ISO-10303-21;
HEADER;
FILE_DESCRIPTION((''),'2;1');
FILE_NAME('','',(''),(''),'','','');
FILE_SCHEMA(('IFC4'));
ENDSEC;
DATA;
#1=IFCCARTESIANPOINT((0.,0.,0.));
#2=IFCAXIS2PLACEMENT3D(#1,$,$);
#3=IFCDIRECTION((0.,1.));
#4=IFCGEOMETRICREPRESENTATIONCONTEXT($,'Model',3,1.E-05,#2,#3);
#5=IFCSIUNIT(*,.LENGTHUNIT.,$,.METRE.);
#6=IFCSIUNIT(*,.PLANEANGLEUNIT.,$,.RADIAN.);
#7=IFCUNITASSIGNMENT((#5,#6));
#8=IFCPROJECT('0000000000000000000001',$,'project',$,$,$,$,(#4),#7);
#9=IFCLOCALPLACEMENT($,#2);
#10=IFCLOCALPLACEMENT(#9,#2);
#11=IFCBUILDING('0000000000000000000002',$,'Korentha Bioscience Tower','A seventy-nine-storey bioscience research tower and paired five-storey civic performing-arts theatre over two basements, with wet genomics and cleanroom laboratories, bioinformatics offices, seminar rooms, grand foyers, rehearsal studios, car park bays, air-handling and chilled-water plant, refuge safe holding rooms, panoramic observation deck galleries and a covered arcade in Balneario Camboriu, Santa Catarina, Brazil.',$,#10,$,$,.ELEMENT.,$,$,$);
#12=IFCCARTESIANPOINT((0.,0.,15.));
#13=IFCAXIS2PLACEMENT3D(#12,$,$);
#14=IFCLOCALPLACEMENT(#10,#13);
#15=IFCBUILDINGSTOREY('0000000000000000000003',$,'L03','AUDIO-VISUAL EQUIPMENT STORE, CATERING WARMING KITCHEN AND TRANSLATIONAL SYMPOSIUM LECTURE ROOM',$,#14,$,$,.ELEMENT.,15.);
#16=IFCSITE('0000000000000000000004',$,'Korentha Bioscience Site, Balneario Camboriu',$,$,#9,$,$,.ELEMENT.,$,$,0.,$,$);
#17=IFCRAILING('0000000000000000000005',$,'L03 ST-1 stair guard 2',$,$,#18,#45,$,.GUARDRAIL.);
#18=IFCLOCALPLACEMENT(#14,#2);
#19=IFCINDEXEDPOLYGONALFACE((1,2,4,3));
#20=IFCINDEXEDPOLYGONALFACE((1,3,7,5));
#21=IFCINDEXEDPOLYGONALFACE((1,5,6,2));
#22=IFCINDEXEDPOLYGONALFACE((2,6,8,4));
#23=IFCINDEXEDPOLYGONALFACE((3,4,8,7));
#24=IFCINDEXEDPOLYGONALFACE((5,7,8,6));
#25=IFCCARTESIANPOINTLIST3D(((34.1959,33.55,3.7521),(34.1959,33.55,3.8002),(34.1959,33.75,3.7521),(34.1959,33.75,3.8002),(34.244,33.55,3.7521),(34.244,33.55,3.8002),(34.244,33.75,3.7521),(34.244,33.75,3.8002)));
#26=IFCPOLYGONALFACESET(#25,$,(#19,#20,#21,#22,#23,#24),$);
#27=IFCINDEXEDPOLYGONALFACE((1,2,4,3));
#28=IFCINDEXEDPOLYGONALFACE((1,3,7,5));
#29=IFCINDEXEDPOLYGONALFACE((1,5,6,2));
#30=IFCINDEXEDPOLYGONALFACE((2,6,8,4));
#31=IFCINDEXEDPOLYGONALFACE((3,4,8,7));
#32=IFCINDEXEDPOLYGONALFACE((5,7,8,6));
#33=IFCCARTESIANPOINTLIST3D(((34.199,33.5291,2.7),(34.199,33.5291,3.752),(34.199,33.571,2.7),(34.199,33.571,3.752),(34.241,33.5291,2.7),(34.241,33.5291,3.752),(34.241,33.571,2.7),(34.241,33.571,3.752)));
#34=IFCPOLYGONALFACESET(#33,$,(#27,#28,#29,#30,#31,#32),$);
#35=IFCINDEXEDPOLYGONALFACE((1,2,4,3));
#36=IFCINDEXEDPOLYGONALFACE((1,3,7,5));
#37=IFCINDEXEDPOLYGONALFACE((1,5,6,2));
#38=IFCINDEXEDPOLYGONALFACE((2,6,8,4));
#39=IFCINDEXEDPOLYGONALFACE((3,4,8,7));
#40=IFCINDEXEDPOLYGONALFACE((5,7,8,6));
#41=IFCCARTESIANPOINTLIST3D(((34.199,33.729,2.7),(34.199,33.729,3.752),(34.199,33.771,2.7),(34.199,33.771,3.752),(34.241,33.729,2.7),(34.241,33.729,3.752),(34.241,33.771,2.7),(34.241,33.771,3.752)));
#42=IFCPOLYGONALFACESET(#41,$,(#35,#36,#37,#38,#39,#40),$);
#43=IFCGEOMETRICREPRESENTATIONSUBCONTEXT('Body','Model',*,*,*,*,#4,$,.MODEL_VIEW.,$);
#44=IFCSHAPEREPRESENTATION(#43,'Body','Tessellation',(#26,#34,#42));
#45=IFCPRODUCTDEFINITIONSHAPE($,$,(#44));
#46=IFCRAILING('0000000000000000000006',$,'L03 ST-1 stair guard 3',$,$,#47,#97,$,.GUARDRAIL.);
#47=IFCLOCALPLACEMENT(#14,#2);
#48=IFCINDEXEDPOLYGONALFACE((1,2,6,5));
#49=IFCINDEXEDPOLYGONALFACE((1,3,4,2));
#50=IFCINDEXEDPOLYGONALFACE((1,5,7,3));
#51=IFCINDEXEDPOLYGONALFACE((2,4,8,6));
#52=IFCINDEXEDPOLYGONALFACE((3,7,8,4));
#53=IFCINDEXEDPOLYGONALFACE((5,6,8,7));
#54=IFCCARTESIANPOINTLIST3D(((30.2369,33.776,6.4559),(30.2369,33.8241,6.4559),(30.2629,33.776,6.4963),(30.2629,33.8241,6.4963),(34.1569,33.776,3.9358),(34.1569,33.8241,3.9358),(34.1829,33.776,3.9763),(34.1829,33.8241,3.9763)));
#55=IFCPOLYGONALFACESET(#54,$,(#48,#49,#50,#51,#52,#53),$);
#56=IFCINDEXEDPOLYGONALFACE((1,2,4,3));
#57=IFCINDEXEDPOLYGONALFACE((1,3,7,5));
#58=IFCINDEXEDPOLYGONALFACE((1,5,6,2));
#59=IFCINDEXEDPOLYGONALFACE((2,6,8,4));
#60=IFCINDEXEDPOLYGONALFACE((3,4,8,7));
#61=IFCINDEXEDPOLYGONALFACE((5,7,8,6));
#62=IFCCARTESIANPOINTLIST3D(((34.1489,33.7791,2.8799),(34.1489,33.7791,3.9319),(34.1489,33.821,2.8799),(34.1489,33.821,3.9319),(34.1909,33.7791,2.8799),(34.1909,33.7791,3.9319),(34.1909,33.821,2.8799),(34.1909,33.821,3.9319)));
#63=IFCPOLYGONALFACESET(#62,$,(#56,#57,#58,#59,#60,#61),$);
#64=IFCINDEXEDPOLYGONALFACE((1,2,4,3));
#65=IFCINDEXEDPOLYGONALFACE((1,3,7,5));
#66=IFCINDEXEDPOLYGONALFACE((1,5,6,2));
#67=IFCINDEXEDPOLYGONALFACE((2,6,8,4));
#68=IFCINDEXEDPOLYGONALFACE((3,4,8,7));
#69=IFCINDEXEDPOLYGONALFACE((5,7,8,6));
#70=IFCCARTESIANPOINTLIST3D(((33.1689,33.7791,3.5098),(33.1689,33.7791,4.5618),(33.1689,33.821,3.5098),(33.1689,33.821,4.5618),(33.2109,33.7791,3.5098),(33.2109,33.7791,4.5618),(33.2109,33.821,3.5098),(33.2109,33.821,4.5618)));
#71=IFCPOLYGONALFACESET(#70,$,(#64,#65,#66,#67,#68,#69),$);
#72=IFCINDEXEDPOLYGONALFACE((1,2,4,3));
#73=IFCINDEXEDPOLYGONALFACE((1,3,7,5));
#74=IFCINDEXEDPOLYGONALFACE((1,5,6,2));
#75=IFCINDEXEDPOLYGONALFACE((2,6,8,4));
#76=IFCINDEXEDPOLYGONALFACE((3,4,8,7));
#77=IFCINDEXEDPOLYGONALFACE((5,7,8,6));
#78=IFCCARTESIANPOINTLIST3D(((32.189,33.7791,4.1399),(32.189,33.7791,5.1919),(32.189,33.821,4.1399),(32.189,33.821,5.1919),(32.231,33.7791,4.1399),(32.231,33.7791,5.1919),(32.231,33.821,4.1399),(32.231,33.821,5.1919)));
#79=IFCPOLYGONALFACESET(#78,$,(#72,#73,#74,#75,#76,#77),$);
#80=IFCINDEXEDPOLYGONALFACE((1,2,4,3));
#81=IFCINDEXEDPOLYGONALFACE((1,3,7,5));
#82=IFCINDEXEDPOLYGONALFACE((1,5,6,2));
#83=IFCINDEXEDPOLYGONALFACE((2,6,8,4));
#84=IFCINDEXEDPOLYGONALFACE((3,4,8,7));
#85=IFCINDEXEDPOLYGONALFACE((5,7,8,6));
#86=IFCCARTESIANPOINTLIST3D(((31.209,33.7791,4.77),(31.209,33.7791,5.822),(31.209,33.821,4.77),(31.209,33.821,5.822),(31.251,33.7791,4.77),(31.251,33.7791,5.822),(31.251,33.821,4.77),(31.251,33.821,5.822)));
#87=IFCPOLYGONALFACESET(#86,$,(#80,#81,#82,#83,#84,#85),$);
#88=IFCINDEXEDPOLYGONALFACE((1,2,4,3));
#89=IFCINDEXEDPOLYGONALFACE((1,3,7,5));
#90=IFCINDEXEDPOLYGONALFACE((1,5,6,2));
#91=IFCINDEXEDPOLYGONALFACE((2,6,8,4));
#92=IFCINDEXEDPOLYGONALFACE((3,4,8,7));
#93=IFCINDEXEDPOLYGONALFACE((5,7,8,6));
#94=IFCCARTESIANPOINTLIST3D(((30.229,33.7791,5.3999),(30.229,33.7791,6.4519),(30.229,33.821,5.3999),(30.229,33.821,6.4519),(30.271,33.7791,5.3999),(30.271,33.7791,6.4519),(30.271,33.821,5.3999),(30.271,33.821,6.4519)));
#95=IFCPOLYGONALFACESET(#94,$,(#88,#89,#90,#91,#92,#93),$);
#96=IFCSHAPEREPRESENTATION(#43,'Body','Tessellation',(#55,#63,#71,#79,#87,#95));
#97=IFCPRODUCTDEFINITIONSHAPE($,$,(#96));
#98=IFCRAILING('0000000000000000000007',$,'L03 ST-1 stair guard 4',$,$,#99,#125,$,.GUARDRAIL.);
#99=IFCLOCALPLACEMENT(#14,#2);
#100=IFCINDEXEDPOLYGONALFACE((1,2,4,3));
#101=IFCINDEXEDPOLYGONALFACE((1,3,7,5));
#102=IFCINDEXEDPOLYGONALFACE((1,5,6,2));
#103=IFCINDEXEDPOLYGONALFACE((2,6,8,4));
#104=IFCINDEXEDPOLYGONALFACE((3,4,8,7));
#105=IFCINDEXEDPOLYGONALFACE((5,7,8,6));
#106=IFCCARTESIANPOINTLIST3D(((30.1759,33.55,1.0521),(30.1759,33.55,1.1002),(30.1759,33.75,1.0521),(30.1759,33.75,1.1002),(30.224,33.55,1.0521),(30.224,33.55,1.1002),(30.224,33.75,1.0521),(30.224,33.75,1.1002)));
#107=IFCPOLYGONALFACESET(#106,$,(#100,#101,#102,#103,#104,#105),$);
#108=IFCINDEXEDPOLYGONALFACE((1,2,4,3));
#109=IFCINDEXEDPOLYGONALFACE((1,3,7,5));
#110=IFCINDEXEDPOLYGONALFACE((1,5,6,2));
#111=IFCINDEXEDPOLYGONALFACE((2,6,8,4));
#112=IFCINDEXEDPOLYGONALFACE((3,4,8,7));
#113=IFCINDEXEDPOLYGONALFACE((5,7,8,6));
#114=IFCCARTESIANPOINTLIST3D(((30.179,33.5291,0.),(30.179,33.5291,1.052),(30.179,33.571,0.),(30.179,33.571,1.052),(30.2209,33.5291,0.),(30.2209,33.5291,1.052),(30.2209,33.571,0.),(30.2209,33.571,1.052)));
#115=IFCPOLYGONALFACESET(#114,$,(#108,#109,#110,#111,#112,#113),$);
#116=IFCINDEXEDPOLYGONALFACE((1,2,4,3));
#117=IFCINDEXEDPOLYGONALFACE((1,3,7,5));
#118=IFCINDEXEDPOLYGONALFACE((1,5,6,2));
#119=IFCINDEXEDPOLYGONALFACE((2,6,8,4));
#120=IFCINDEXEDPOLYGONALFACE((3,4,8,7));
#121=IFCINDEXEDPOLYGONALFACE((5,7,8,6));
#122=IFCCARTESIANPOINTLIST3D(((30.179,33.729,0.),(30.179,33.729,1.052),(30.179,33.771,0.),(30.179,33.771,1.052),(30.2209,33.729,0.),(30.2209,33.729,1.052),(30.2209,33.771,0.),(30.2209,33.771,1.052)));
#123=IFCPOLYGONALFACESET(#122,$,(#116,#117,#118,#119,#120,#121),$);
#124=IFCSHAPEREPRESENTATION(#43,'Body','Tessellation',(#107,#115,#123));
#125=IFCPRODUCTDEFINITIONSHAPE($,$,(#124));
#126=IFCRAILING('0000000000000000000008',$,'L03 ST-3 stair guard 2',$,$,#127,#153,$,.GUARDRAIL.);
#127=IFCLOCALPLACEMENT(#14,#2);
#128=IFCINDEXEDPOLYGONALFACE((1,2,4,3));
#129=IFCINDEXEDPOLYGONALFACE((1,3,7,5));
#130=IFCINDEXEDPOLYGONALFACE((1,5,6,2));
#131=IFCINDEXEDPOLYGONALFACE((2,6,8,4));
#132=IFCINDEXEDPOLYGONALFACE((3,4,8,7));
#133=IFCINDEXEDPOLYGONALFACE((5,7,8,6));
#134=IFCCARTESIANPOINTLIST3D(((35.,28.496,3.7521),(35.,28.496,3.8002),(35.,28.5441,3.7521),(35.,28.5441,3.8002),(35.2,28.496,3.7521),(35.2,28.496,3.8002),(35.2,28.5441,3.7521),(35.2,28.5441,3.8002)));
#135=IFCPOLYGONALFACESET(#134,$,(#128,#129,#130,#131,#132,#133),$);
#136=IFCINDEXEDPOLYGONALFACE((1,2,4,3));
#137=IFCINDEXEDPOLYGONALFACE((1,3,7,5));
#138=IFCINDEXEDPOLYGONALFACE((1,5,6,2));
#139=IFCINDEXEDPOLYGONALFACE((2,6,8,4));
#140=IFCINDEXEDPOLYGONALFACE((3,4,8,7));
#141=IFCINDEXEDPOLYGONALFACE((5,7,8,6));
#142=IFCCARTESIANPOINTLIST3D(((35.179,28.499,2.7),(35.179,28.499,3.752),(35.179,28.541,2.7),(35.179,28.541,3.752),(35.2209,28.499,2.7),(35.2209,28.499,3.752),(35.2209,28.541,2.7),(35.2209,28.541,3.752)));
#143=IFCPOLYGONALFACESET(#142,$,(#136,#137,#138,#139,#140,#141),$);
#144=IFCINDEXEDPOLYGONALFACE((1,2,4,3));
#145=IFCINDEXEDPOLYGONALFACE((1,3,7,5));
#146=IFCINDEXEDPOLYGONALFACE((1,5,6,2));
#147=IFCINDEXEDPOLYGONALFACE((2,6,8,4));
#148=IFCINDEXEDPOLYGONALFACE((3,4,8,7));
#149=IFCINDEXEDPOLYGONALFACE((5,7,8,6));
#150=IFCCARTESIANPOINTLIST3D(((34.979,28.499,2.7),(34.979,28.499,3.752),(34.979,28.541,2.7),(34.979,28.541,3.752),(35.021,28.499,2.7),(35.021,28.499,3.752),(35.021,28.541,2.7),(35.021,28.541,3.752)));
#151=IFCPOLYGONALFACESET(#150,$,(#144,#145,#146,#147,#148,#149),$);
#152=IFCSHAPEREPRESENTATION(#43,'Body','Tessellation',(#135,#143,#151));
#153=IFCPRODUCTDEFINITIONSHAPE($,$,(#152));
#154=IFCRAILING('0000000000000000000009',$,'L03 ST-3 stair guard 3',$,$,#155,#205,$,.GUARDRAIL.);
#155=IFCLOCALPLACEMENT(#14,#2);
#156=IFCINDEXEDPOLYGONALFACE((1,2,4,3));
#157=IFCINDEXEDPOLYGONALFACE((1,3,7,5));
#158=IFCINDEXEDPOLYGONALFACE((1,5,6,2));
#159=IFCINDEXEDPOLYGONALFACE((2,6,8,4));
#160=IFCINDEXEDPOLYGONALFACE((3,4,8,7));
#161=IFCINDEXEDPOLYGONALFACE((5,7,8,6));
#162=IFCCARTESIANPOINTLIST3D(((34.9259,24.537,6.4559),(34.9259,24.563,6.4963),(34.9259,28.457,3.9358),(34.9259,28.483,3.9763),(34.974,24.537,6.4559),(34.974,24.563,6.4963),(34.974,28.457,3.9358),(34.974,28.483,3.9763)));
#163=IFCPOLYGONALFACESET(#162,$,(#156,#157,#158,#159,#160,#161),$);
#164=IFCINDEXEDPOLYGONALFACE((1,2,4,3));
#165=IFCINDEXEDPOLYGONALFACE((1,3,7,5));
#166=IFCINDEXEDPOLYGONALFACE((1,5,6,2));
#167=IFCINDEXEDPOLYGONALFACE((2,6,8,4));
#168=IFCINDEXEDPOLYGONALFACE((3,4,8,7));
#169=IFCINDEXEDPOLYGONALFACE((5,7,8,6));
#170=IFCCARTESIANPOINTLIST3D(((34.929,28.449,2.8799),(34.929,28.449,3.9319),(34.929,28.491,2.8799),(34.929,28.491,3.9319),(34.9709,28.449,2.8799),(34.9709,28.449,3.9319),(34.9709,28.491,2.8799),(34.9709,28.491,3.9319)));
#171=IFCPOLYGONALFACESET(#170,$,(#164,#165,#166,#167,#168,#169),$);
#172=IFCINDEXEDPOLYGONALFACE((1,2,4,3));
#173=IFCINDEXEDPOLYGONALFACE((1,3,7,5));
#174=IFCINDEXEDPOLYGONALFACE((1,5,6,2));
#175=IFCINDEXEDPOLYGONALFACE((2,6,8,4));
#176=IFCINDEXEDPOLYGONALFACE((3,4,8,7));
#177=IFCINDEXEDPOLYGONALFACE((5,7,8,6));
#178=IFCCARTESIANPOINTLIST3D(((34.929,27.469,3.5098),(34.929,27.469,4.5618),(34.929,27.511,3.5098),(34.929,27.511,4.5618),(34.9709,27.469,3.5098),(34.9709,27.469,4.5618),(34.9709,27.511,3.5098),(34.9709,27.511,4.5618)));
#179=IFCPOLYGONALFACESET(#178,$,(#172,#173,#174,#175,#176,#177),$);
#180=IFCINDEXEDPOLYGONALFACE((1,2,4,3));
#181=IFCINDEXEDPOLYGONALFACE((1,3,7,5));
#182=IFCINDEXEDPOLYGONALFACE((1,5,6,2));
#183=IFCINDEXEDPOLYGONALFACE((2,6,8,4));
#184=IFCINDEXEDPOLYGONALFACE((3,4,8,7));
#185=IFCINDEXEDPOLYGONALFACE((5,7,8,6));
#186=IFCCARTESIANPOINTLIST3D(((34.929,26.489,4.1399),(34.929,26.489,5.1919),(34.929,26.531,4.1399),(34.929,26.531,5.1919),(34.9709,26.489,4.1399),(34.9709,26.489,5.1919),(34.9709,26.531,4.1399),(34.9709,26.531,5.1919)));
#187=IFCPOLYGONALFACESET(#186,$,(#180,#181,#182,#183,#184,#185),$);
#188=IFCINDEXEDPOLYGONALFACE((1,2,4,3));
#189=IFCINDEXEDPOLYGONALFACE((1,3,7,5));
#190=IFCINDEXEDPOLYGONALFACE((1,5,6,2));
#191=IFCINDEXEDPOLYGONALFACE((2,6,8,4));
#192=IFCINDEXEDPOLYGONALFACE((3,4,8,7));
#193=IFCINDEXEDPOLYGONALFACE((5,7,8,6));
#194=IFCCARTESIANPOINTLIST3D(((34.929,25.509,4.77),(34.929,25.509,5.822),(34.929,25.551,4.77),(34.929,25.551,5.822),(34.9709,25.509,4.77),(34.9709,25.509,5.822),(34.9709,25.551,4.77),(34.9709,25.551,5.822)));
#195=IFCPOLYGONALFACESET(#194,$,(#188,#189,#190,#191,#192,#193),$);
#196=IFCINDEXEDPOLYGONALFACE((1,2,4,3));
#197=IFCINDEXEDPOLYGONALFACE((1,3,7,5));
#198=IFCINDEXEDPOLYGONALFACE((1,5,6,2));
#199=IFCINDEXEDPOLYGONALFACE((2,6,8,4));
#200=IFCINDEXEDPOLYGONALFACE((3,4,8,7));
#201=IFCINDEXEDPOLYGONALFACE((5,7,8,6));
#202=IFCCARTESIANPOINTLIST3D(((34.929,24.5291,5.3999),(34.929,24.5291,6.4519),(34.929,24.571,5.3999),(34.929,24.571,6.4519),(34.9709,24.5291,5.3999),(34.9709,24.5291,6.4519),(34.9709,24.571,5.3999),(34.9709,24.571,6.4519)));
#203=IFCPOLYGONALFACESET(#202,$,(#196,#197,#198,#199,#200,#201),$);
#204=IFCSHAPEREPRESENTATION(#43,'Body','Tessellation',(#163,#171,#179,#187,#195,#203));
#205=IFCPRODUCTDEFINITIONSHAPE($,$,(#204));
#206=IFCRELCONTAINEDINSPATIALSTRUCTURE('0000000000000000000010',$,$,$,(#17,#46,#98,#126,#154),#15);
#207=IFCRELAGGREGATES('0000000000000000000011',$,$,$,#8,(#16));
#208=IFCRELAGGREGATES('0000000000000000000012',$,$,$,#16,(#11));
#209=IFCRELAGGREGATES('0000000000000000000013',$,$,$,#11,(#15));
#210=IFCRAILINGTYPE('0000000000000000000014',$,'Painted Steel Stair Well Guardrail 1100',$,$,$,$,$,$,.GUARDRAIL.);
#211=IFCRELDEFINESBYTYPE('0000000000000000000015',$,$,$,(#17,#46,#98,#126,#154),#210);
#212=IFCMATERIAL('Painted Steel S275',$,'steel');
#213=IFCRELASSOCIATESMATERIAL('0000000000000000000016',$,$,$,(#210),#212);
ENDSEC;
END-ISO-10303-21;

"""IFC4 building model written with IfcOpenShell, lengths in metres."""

from ifc_helpers import new_model, si_unit, direction, frame, origin, origin_2d, place, context, subcontext, project, spatial, rectangle, extrude, material, type_object, element, save


model = new_model("IFC4")

# Units and contexts
model_context = context("Model", 3, precision=1e-05, world=origin(), true_north=direction((0.0, 1.0)))
body_context = subcontext(model_context, "Body", "Model", "MODEL_VIEW")
ifc_project = project(units=[si_unit("LENGTHUNIT", "METRE"), si_unit("PLANEANGLEUNIT", "RADIAN")], contexts=[model_context])

# Site, building, storey
site_placement = place(None, origin())
site = spatial("IfcSite", under=ifc_project, at=site_placement, Name="Korentha Bioscience Site, Balneario Camboriu", CompositionType="ELEMENT", RefElevation=0.0)
building_placement = place(site_placement, origin())
building = spatial("IfcBuilding", under=site, at=building_placement, Name="Korentha Bioscience Tower", Description="A seventy-nine-storey bioscience research tower and paired five-storey civic performing-arts theatre over two basements, with wet genomics and cleanroom laboratories, bioinformatics offices, seminar rooms, grand foyers, rehearsal studios, car park bays, air-handling and chilled-water plant, refuge safe holding rooms, panoramic observation deck galleries and a covered arcade in Balneario Camboriu, Santa Catarina, Brazil.", CompositionType="ELEMENT")
storey_placement = place(building_placement, frame((0.0, 0.0, 15.0)))
storey = spatial("IfcBuildingStorey", under=building, at=storey_placement, Name="L03", Description="AUDIO-VISUAL EQUIPMENT STORE, CATERING WARMING KITCHEN AND TRANSLATIONAL SYMPOSIUM LECTURE ROOM", CompositionType="ELEMENT", Elevation=15.0)

# Railings
ifc_material_1 = material(Name="Painted Steel S275", Category="steel")
railing_type_1 = type_object("IfcRailingType", Name="Painted Steel Stair Well Guardrail 1100", PredefinedType="GUARDRAIL", material=ifc_material_1)
railing_1_placement = place(storey_placement, frame((34.22, 33.55, 2.7)))
element("IfcRailing", 1, at=railing_1_placement, inside=storey, type_object=railing_type_1, Name="L03 ST-1 stair guard 2", PredefinedType="GUARDRAIL", context=body_context, shape_type="SweptSolid", body=[
    extrude(rectangle(XDim=0.0481, YDim=0.0481, at=origin_2d()), frame((0.0, 0.0, 1.0762), z_axis=(0.0, 1.0, 0.0), x_axis=(-1.0, 0.0, 0.0)), (0.0, 0.0, 1.0), 0.2),
    extrude(rectangle(XDim=0.042, YDim=0.042, at=origin_2d()), origin(), (0.0, 0.0, 1.0), 1.052),
    extrude(rectangle(XDim=0.042, YDim=0.042, at=origin_2d()), frame((0.0, 0.2, 0.0)), (0.0, 0.0, 1.0), 1.052),
])
railing_2_placement = place(storey_placement, frame((34.1699, 33.8, 2.8799)))
element("IfcRailing", 2, at=railing_2_placement, inside=storey, type_object=railing_type_1, Name="L03 ST-1 stair guard 3", PredefinedType="GUARDRAIL", context=body_context, shape_type="SweptSolid", body=[
    extrude(rectangle(XDim=0.0481, YDim=0.0481, at=origin_2d()), frame((0.0, 0.0, 1.0762), z_axis=(-0.841172, 0.0, 0.540768), x_axis=(0.0, -1.0, 0.0)), (0.0, 0.0, 1.0), 4.6602),
    extrude(rectangle(XDim=0.042, YDim=0.042, at=origin_2d()), origin(), (0.0, 0.0, 1.0), 1.052),
    extrude(rectangle(XDim=0.042, YDim=0.042, at=origin_2d()), frame((-0.98, 0.0, 0.6299)), (0.0, 0.0, 1.0), 1.052),
    extrude(rectangle(XDim=0.042, YDim=0.042, at=origin_2d()), frame((-1.96, 0.0, 1.26)), (0.0, 0.0, 1.0), 1.052),
    extrude(rectangle(XDim=0.042, YDim=0.042, at=origin_2d()), frame((-2.9399, 0.0, 1.8901)), (0.0, 0.0, 1.0), 1.052),
    extrude(rectangle(XDim=0.042, YDim=0.042, at=origin_2d()), frame((-3.9199, 0.0, 2.52)), (0.0, 0.0, 1.0), 1.052),
])
railing_3_placement = place(storey_placement, frame((30.2, 33.55, 0.0)))
element("IfcRailing", 3, at=railing_3_placement, inside=storey, type_object=railing_type_1, Name="L03 ST-1 stair guard 4", PredefinedType="GUARDRAIL", context=body_context, shape_type="SweptSolid", body=[
    extrude(rectangle(XDim=0.0481, YDim=0.0481, at=origin_2d()), frame((0.0, 0.0, 1.0762), z_axis=(0.0, 1.0, 0.0), x_axis=(-1.0, 0.0, 0.0)), (0.0, 0.0, 1.0), 0.2),
    extrude(rectangle(XDim=0.042, YDim=0.042, at=origin_2d()), origin(), (0.0, 0.0, 1.0), 1.052),
    extrude(rectangle(XDim=0.042, YDim=0.042, at=origin_2d()), frame((0.0, 0.2, 0.0)), (0.0, 0.0, 1.0), 1.052),
])
railing_4_placement = place(storey_placement, frame((35.2, 28.52, 2.7)))
element("IfcRailing", 4, at=railing_4_placement, inside=storey, type_object=railing_type_1, Name="L03 ST-3 stair guard 2", PredefinedType="GUARDRAIL", context=body_context, shape_type="SweptSolid", body=[
    extrude(rectangle(XDim=0.0481, YDim=0.0481, at=origin_2d()), frame((0.0, 0.0, 1.0762), z_axis=(-1.0, 0.0, 0.0), x_axis=(0.0, -1.0, 0.0)), (0.0, 0.0, 1.0), 0.2),
    extrude(rectangle(XDim=0.042, YDim=0.042, at=origin_2d()), origin(), (0.0, 0.0, 1.0), 1.052),
    extrude(rectangle(XDim=0.042, YDim=0.042, at=origin_2d()), frame((-0.2, 0.0, 0.0)), (0.0, 0.0, 1.0), 1.052),
])
railing_5_placement = place(storey_placement, frame((34.95, 28.47, 2.8799)))
element("IfcRailing", 5, at=railing_5_placement, inside=storey, type_object=railing_type_1, Name="L03 ST-3 stair guard 3", PredefinedType="GUARDRAIL", context=body_context, shape_type="SweptSolid", body=[
    extrude(rectangle(XDim=0.0481, YDim=0.0481, at=origin_2d()), frame((0.0, 0.0, 1.0762), z_axis=(0.0, -0.841172, 0.540768), x_axis=(1.0, 0.0, 0.0)), (0.0, 0.0, 1.0), 4.6602),
    extrude(rectangle(XDim=0.042, YDim=0.042, at=origin_2d()), origin(), (0.0, 0.0, 1.0), 1.052),
    extrude(rectangle(XDim=0.042, YDim=0.042, at=origin_2d()), frame((0.0, -0.98, 0.6299)), (0.0, 0.0, 1.0), 1.052),
    extrude(rectangle(XDim=0.042, YDim=0.042, at=origin_2d()), frame((0.0, -1.96, 1.26)), (0.0, 0.0, 1.0), 1.052),
    extrude(rectangle(XDim=0.042, YDim=0.042, at=origin_2d()), frame((0.0, -2.9399, 1.8901)), (0.0, 0.0, 1.0), 1.052),
    extrude(rectangle(XDim=0.042, YDim=0.042, at=origin_2d()), frame((0.0, -3.9199, 2.52)), (0.0, 0.0, 1.0), 1.052),
])

save(model, "model.ifc")
